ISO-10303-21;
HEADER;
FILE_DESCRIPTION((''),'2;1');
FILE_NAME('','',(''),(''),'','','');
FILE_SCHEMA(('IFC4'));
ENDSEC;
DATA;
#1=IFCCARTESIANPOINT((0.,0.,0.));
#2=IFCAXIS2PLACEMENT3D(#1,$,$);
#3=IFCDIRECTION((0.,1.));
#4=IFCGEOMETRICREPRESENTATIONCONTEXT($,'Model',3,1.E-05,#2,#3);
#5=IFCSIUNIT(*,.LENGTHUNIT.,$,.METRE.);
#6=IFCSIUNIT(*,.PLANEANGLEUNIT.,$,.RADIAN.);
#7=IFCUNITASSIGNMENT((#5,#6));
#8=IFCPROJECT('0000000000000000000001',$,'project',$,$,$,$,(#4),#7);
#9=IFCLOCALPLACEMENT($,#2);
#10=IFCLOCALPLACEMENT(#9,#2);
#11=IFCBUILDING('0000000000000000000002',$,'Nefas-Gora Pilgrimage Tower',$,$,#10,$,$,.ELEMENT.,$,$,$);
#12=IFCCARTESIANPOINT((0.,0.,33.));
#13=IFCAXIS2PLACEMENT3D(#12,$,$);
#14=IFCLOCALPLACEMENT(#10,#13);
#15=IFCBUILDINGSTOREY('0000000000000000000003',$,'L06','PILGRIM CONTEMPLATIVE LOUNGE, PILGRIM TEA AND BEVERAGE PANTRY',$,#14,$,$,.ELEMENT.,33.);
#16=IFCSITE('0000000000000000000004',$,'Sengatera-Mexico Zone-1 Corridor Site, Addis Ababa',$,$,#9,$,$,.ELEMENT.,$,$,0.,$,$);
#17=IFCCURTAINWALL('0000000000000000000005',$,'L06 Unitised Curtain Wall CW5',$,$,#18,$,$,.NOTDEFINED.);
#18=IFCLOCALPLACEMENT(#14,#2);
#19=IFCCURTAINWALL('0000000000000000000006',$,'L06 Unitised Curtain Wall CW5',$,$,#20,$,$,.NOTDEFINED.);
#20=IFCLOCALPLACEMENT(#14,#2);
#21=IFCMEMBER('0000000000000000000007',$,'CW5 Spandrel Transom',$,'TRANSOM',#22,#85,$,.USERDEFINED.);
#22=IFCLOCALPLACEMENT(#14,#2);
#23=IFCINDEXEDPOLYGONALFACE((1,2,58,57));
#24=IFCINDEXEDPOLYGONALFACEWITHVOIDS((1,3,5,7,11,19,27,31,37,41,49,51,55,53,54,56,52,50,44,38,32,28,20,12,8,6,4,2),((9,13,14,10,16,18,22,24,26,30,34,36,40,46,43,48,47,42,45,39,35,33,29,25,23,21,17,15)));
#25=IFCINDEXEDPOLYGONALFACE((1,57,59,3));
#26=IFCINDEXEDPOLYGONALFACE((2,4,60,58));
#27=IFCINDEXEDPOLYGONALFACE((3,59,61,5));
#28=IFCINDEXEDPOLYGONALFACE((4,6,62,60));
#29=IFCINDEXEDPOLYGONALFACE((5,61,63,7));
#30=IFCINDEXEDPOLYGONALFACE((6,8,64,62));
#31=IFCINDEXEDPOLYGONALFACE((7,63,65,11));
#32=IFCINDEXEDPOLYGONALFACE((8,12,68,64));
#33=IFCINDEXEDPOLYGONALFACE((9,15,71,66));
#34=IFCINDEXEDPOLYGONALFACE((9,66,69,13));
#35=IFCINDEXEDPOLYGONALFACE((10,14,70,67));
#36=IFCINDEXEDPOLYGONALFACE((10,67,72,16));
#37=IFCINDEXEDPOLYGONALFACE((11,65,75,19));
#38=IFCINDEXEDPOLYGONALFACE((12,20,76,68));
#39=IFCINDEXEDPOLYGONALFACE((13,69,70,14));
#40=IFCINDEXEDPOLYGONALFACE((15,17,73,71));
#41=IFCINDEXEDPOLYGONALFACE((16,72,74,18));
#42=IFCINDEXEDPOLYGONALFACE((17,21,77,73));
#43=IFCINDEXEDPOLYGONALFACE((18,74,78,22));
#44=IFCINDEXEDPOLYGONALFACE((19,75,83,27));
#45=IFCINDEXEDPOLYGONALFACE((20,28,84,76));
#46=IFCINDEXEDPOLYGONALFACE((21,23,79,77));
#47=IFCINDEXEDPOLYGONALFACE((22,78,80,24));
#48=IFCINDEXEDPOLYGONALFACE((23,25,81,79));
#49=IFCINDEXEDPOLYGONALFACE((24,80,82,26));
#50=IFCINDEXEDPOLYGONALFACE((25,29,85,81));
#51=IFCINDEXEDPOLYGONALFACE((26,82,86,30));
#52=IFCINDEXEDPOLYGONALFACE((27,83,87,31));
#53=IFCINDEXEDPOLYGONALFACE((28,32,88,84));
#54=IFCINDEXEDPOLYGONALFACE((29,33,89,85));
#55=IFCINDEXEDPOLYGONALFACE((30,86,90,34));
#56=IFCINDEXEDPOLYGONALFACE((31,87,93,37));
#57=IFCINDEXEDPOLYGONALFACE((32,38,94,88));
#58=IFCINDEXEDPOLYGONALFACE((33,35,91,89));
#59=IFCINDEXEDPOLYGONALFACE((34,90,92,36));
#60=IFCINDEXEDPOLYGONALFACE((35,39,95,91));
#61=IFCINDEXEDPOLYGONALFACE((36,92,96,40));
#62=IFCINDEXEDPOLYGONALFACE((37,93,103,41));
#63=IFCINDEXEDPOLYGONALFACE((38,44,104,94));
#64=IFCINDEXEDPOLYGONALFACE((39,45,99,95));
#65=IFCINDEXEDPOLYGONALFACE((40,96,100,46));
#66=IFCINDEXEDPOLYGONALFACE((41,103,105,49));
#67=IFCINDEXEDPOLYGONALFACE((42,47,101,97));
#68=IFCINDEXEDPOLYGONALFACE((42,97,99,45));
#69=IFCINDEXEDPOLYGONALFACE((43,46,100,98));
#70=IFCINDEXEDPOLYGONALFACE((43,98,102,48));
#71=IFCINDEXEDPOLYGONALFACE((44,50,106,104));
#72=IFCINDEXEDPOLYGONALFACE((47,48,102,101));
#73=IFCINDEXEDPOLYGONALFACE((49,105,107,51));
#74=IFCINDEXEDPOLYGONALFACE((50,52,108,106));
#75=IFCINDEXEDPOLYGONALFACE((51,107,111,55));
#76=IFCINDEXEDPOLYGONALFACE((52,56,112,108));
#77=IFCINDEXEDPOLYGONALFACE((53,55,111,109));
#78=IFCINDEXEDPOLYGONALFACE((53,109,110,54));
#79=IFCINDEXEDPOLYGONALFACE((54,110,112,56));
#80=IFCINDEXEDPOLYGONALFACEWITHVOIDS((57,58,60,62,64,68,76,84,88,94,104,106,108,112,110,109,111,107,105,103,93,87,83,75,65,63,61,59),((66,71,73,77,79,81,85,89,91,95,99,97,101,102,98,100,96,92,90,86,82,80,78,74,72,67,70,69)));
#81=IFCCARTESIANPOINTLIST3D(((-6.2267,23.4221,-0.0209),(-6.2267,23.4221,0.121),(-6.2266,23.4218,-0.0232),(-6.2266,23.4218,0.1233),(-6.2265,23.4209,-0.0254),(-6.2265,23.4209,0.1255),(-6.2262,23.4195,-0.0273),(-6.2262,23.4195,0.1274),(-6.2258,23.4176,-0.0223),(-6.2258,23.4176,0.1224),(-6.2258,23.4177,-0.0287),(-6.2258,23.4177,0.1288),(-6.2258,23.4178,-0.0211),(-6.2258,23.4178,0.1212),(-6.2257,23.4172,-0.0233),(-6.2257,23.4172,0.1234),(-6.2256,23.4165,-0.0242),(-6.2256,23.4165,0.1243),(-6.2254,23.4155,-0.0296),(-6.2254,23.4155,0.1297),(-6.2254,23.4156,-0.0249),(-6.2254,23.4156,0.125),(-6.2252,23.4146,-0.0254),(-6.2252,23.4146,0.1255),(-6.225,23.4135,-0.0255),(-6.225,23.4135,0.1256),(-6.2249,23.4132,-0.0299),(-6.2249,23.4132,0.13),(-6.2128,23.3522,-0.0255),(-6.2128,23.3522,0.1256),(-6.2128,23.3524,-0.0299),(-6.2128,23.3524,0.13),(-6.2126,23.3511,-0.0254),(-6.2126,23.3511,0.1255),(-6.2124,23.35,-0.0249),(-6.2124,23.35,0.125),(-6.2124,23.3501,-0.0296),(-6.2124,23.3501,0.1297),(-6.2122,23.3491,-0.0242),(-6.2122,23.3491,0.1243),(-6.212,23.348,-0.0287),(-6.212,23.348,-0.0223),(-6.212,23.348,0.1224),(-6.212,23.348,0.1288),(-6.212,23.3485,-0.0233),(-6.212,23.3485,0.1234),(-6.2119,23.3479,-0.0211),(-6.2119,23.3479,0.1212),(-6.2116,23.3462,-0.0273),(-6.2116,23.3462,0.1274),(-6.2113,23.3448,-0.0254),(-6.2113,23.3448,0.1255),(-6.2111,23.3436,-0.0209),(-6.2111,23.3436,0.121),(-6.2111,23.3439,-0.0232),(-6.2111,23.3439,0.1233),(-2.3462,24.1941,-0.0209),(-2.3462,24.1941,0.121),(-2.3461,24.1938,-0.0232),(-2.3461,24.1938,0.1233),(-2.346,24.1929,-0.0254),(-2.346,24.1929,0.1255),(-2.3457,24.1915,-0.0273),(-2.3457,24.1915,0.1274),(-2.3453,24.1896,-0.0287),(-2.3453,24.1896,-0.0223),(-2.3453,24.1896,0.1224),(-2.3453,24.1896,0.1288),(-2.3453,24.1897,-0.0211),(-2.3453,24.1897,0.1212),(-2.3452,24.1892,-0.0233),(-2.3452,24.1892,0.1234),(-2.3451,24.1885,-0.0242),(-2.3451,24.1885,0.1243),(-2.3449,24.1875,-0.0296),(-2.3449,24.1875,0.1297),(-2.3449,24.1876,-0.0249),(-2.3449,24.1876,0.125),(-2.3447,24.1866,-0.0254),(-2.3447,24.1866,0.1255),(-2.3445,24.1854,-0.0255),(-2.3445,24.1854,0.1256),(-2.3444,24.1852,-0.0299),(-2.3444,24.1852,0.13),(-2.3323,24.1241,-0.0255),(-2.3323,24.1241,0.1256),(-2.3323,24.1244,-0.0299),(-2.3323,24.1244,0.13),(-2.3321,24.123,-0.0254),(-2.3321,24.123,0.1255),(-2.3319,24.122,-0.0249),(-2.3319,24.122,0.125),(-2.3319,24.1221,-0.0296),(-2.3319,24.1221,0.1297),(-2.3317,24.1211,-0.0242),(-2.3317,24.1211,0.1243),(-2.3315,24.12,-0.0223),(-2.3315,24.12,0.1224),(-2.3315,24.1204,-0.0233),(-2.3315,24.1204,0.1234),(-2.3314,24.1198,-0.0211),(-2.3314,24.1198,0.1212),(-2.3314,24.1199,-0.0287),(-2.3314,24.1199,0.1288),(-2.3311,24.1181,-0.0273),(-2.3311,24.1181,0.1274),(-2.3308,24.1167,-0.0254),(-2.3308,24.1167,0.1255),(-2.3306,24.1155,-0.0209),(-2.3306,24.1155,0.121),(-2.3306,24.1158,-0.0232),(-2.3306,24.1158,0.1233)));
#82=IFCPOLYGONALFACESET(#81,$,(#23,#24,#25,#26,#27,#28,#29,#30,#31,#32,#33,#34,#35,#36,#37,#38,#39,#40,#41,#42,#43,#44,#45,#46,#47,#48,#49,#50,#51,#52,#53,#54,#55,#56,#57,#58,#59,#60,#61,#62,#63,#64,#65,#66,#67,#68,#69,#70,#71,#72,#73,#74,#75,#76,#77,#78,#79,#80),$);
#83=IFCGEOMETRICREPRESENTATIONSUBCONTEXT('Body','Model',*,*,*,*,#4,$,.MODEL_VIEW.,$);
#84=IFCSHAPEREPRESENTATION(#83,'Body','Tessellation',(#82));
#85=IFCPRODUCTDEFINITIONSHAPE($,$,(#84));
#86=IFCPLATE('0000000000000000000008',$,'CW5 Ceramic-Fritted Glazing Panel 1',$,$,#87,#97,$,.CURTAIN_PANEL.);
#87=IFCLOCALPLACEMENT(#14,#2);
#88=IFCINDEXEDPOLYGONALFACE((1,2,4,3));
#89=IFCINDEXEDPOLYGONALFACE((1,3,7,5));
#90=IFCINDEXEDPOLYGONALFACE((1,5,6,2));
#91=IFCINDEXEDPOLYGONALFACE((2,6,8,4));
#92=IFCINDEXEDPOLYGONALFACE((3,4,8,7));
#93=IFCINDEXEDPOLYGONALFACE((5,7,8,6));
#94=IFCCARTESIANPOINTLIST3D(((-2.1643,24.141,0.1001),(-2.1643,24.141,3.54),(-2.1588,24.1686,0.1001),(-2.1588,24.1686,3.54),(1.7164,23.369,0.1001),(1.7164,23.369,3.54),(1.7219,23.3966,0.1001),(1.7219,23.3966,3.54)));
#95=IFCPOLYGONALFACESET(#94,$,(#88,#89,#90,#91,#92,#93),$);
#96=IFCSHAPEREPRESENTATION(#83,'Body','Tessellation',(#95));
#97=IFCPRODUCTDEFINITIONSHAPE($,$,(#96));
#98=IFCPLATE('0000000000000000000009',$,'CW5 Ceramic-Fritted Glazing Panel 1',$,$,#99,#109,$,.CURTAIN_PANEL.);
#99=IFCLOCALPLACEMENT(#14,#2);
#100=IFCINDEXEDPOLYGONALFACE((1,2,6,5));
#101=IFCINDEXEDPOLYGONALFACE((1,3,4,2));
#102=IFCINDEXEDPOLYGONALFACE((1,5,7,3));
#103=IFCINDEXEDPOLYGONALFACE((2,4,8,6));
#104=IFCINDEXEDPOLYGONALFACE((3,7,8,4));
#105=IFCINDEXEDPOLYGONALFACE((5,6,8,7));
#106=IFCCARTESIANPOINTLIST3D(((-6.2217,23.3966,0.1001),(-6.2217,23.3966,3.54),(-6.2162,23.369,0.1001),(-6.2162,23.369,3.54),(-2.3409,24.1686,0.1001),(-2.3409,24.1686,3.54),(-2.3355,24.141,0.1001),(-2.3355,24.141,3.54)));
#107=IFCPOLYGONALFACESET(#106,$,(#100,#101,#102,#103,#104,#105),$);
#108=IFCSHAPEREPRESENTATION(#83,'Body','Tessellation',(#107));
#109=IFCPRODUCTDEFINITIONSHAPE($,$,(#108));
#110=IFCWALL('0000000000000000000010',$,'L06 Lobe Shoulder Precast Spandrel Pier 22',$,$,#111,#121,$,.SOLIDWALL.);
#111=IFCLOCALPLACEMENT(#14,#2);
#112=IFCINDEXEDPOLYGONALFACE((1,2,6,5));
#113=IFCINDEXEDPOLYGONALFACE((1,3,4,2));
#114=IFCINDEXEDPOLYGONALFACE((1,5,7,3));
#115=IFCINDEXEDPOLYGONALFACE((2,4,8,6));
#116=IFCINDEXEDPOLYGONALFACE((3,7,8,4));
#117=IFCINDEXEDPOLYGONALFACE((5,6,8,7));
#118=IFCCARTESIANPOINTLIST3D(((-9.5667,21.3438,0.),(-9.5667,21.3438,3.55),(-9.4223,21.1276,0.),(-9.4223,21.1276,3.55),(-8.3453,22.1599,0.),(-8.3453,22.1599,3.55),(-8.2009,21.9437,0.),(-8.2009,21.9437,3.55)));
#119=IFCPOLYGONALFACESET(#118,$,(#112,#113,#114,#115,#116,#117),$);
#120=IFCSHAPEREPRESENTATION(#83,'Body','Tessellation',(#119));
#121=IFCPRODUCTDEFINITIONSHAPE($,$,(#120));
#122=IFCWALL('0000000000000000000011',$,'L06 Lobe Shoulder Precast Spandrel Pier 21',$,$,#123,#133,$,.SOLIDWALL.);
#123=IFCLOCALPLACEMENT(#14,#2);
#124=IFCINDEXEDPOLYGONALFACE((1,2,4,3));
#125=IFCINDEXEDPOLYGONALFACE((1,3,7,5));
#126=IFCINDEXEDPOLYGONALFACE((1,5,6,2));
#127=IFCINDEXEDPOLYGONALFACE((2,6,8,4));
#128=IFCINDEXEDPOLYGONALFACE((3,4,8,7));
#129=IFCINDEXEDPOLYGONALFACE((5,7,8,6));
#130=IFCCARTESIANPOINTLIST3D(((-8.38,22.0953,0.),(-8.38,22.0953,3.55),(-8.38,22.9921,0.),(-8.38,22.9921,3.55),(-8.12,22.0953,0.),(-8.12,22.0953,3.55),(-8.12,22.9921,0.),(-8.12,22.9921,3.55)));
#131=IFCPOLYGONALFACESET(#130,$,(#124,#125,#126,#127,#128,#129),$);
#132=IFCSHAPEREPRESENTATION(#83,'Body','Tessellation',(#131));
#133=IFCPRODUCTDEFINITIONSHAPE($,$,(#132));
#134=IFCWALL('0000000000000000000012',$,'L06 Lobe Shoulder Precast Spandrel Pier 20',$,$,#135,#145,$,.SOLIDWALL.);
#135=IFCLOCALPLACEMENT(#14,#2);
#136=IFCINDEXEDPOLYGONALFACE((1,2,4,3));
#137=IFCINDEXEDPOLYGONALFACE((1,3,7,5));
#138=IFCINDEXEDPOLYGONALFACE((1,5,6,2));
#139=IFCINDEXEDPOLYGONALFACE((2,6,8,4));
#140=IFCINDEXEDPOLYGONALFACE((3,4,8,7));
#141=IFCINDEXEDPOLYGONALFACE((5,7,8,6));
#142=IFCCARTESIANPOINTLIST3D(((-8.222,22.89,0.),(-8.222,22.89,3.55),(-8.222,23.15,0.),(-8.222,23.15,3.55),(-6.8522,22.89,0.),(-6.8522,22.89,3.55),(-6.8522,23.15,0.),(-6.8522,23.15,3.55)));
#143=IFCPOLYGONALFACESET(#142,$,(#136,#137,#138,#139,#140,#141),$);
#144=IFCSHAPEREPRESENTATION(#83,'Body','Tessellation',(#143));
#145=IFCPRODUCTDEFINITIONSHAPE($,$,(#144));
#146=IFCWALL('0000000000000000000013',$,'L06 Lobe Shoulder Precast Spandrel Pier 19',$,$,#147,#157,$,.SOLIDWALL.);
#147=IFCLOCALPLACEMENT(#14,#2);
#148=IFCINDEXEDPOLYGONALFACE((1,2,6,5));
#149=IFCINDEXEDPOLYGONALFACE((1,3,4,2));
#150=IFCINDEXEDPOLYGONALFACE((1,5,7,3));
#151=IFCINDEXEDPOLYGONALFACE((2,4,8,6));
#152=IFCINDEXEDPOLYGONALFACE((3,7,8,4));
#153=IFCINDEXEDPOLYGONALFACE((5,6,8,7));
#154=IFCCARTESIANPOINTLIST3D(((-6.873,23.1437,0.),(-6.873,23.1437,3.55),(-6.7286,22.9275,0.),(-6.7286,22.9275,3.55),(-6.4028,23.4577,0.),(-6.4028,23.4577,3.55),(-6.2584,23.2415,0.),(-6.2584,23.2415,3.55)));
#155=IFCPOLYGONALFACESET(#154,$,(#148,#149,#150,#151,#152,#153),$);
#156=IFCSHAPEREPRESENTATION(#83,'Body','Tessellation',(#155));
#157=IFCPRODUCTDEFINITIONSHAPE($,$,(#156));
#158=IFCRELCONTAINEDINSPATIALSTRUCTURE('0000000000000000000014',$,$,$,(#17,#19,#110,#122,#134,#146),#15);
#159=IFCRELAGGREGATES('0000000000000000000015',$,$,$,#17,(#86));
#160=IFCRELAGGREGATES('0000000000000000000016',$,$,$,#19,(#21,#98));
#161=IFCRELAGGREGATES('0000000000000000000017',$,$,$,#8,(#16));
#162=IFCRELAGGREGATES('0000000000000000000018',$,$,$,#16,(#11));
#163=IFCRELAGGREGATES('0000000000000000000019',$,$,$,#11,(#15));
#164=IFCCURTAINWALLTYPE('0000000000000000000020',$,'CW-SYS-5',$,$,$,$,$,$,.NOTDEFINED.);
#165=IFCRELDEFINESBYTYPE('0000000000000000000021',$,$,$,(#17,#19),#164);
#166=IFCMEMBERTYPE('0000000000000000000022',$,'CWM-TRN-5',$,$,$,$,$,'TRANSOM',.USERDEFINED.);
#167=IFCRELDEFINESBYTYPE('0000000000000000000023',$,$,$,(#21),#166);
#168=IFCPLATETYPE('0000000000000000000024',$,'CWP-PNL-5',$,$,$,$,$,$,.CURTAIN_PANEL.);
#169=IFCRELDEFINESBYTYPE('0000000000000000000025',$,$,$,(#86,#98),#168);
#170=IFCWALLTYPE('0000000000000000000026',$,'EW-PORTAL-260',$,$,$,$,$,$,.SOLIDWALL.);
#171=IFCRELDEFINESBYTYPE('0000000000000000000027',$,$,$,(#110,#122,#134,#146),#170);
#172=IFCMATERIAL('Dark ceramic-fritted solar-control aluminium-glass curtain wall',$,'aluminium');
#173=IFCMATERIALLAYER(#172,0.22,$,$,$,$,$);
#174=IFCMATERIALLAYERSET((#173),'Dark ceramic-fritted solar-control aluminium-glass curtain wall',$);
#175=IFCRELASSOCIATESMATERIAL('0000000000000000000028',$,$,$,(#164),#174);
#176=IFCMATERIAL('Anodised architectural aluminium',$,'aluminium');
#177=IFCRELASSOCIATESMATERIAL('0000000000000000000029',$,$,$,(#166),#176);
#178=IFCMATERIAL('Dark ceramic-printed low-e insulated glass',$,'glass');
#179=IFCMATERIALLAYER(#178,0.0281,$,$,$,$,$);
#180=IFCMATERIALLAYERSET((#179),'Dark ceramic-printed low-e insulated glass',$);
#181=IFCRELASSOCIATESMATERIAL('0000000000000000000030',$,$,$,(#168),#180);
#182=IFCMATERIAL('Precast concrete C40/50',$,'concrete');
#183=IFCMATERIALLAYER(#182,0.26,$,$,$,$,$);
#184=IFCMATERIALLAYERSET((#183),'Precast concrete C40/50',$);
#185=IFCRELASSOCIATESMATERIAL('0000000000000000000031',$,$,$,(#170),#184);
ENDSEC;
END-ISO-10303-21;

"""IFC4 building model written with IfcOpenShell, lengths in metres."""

from ifc_helpers import new_model, si_unit, direction, frame, frame_2d, origin, origin_2d, place, context, subcontext, project, spatial, rectangle, hollow_rectangle, extrude, source, transform, mapped, material, layer, layer_set, material_profile, profile_set, type_object, element, aggregate, save


model = new_model("IFC4")

# Units and contexts
model_context = context("Model", 3, precision=1e-05, world=origin(), true_north=direction((0.0, 1.0)))
body_context = subcontext(model_context, "Body", "Model", "MODEL_VIEW")
ifc_project = project(units=[si_unit("LENGTHUNIT", "METRE"), si_unit("PLANEANGLEUNIT", "RADIAN")], contexts=[model_context])

# Site, building, storey
site_placement = place(None, origin())
site = spatial("IfcSite", under=ifc_project, at=site_placement, Name="Sengatera-Mexico Zone-1 Corridor Site, Addis Ababa", CompositionType="ELEMENT", RefElevation=0.0)
building_placement = place(site_placement, origin())
building = spatial("IfcBuilding", under=site, at=building_placement, Name="Nefas-Gora Pilgrimage Tower", CompositionType="ELEMENT")
storey_placement = place(building_placement, frame((0.0, 0.0, 33.0)))
storey = spatial("IfcBuildingStorey", under=building, at=storey_placement, Name="L06", Description="PILGRIM CONTEMPLATIVE LOUNGE, PILGRIM TEA AND BEVERAGE PANTRY", CompositionType="ELEMENT", Elevation=33.0)

# Curtain wall
ifc_material_1 = material(Name="Dark ceramic-fritted solar-control aluminium-glass curtain wall", Category="aluminium")
ifc_layer_1 = layer(ifc_material_1, 0.22)
ifc_layer_set_1 = layer_set([ifc_layer_1], Name="Dark ceramic-fritted solar-control aluminium-glass curtain wall")
curtain_wall_type = type_object("IfcCurtainWallType", Name="CW-SYS-5", PredefinedType="NOTDEFINED", material=ifc_layer_set_1)
curtain_wall_1_placement = place(storey_placement, origin())
curtain_wall_1 = element("IfcCurtainWall", 1, at=curtain_wall_1_placement, inside=storey, type_object=curtain_wall_type, Name="L06 Unitised Curtain Wall CW5", PredefinedType="NOTDEFINED")
ifc_material_2 = material(Name="Anodised architectural aluminium", Category="aluminium")

# Curtain wall
curtain_wall_2_placement = place(storey_placement, origin())
curtain_wall_2 = element("IfcCurtainWall", 2, at=curtain_wall_2_placement, inside=storey, type_object=curtain_wall_type, Name="L06 Unitised Curtain Wall CW5", PredefinedType="NOTDEFINED")
ifc_material_profile_1 = material_profile(ifc_material_2, hollow_rectangle(XDim=0.0801, YDim=0.1599, WallThickness=0.0044, InnerFilletRadius=0.0044, OuterFilletRadius=0.009, at=origin_2d()), Name="ALU TRANSOM 80x160")
ifc_profile_set_1 = profile_set([ifc_material_profile_1], Name="Anodised architectural aluminium")
member_type_1 = type_object("IfcMemberType", Name="CWM-TRN-5", ElementType="TRANSOM", PredefinedType="USERDEFINED", material=ifc_profile_set_1)

# Member
shared_shape_1 = source(origin(), body_context, "Body", "SweptSolid", [
    extrude(hollow_rectangle(XDim=0.0801, YDim=0.1599, WallThickness=0.0044, InnerFilletRadius=0.0044, OuterFilletRadius=0.009, at=origin_2d()), origin(), (0.0, 0.0, 1.0), 3.9565),
])
member_1_placement = place(storey_placement, frame((-2.3384, 24.1548, 0.05), z_axis=(-0.980782, -0.195107, 0.0), x_axis=(0.195107, -0.980782, 0.0)))
member_1 = element("IfcMember", 3, at=member_1_placement, type_object=member_type_1, Name="CW5 Spandrel Transom", ObjectType="TRANSOM", PredefinedType="USERDEFINED", context=body_context, shape_type="MappedRepresentation", body=[
    mapped(shared_shape_1, transform((0.0, 0.0, 0.0), x_axis=(1.0, 0.0, 0.0), y_axis=(0.0, 1.0, 0.0), z_axis=(0.0, 0.0, 1.0), scale=1.0)),
])

# Plates
ifc_material_3 = material(Name="Dark ceramic-printed low-e insulated glass", Category="glass")
ifc_layer_2 = layer(ifc_material_3, 0.0281)
ifc_layer_set_2 = layer_set([ifc_layer_2], Name="Dark ceramic-printed low-e insulated glass")
plate_type = type_object("IfcPlateType", Name="CWP-PNL-5", PredefinedType="CURTAIN_PANEL", material=ifc_layer_set_2)
shared_shape_2 = source(origin(), body_context, "Body", "SweptSolid", [
    extrude(rectangle(XDim=3.9568, YDim=0.0281, at=origin_2d()), origin(), (0.0, 0.0, 1.0), 3.4399),
])
plate_1_placement = place(storey_placement, frame((-0.2212, 23.7688, 0.1001), z_axis=(0.0, 0.0, 1.0), x_axis=(-0.980783, 0.195102, 0.0)))
plate_1 = element("IfcPlate", 4, at=plate_1_placement, type_object=plate_type, Name="CW5 Ceramic-Fritted Glazing Panel 1", PredefinedType="CURTAIN_PANEL", context=body_context, shape_type="MappedRepresentation", body=[
    mapped(shared_shape_2, transform((0.0, 0.0, 0.0), x_axis=(1.0, 0.0, 0.0), y_axis=(0.0, 1.0, 0.0), z_axis=(0.0, 0.0, 1.0), scale=1.0)),
])
aggregate(curtain_wall_1, [plate_1])
plate_2_placement = place(storey_placement, frame((-4.2786, 23.7688, 0.1001), z_axis=(0.0, 0.0, 1.0), x_axis=(-0.980783, -0.195102, 0.0)))
plate_2 = element("IfcPlate", 5, at=plate_2_placement, type_object=plate_type, Name="CW5 Ceramic-Fritted Glazing Panel 1", PredefinedType="CURTAIN_PANEL", context=body_context, shape_type="MappedRepresentation", body=[
    mapped(shared_shape_2, transform((0.0, 0.0, 0.0), x_axis=(1.0, 0.0, 0.0), y_axis=(0.0, 1.0, 0.0), z_axis=(0.0, 0.0, 1.0), scale=1.0)),
])
aggregate(curtain_wall_2, [member_1, plate_2])

# Walls
ifc_material_4 = material(Name="Precast concrete C40/50", Category="concrete")
ifc_layer_3 = layer(ifc_material_4, 0.26)
ifc_layer_set_3 = layer_set([ifc_layer_3], Name="Precast concrete C40/50")
wall_type = type_object("IfcWallType", Name="EW-PORTAL-260", PredefinedType="SOLIDWALL", material=ifc_layer_set_3)
shared_shape_3 = source(origin(), body_context, "Body", "SweptSolid", [
    extrude(rectangle(XDim=1.469, YDim=0.26, at=frame_2d((0.7344, 0.0))), origin(), (0.0, 0.0, 1.0), 3.55),
])
wall_1_placement = place(storey_placement, frame((-8.2732, 22.0518, 0.0), z_axis=(0.0, 0.0, 1.0), x_axis=(-0.831462, -0.555582, 0.0)))
element("IfcWall", 6, at=wall_1_placement, inside=storey, type_object=wall_type, Name="L06 Lobe Shoulder Precast Spandrel Pier 22", PredefinedType="SOLIDWALL", context=body_context, shape_type="MappedRepresentation", body=[
    mapped(shared_shape_3, transform((0.0, 0.0, 0.0), x_axis=(1.0, 0.0, 0.0), y_axis=(0.0, 1.0, 0.0), z_axis=(0.0, 0.0, 1.0), scale=1.0)),
])
shared_shape_4 = source(origin(), body_context, "Body", "SweptSolid", [
    extrude(rectangle(XDim=0.8967, YDim=0.26, at=frame_2d((0.4482, 0.0))), origin(), (0.0, 0.0, 1.0), 3.55),
])
wall_2_placement = place(storey_placement, frame((-8.25, 22.9919, 0.0), z_axis=(0.0, 0.0, 1.0), x_axis=(0.0, -1.0, 0.0)))
element("IfcWall", 7, at=wall_2_placement, inside=storey, type_object=wall_type, Name="L06 Lobe Shoulder Precast Spandrel Pier 21", PredefinedType="SOLIDWALL", context=body_context, shape_type="MappedRepresentation", body=[
    mapped(shared_shape_4, transform((0.0, 0.0, 0.0), x_axis=(1.0, 0.0, 0.0), y_axis=(0.0, 1.0, 0.0), z_axis=(0.0, 0.0, 1.0), scale=1.0)),
])
shared_shape_5 = source(origin(), body_context, "Body", "SweptSolid", [
    extrude(rectangle(XDim=1.3699, YDim=0.26, at=frame_2d((0.6851, 0.0))), origin(), (0.0, 0.0, 1.0), 3.55),
])
wall_3_placement = place(storey_placement, frame((-6.8521, 23.02, 0.0), z_axis=(0.0, 0.0, 1.0), x_axis=(-1.0, 0.0, 0.0)))
element("IfcWall", 8, at=wall_3_placement, inside=storey, type_object=wall_type, Name="L06 Lobe Shoulder Precast Spandrel Pier 20", PredefinedType="SOLIDWALL", context=body_context, shape_type="MappedRepresentation", body=[
    mapped(shared_shape_5, transform((0.0, 0.0, 0.0), x_axis=(1.0, 0.0, 0.0), y_axis=(0.0, 1.0, 0.0), z_axis=(0.0, 0.0, 1.0), scale=1.0)),
])
shared_shape_6 = source(origin(), body_context, "Body", "SweptSolid", [
    extrude(rectangle(XDim=0.5654, YDim=0.26, at=frame_2d((0.2827, 0.0))), origin(), (0.0, 0.0, 1.0), 3.55),
])
wall_4_placement = place(storey_placement, frame((-6.3306, 23.3496, 0.0), z_axis=(0.0, 0.0, 1.0), x_axis=(-0.831651, -0.555298, 0.0)))
element("IfcWall", 9, at=wall_4_placement, inside=storey, type_object=wall_type, Name="L06 Lobe Shoulder Precast Spandrel Pier 19", PredefinedType="SOLIDWALL", context=body_context, shape_type="MappedRepresentation", body=[
    mapped(shared_shape_6, transform((0.0, 0.0, 0.0), x_axis=(1.0, 0.0, 0.0), y_axis=(0.0, 1.0, 0.0), z_axis=(0.0, 0.0, 1.0), scale=1.0)),
])

save(model, "model.ifc")
